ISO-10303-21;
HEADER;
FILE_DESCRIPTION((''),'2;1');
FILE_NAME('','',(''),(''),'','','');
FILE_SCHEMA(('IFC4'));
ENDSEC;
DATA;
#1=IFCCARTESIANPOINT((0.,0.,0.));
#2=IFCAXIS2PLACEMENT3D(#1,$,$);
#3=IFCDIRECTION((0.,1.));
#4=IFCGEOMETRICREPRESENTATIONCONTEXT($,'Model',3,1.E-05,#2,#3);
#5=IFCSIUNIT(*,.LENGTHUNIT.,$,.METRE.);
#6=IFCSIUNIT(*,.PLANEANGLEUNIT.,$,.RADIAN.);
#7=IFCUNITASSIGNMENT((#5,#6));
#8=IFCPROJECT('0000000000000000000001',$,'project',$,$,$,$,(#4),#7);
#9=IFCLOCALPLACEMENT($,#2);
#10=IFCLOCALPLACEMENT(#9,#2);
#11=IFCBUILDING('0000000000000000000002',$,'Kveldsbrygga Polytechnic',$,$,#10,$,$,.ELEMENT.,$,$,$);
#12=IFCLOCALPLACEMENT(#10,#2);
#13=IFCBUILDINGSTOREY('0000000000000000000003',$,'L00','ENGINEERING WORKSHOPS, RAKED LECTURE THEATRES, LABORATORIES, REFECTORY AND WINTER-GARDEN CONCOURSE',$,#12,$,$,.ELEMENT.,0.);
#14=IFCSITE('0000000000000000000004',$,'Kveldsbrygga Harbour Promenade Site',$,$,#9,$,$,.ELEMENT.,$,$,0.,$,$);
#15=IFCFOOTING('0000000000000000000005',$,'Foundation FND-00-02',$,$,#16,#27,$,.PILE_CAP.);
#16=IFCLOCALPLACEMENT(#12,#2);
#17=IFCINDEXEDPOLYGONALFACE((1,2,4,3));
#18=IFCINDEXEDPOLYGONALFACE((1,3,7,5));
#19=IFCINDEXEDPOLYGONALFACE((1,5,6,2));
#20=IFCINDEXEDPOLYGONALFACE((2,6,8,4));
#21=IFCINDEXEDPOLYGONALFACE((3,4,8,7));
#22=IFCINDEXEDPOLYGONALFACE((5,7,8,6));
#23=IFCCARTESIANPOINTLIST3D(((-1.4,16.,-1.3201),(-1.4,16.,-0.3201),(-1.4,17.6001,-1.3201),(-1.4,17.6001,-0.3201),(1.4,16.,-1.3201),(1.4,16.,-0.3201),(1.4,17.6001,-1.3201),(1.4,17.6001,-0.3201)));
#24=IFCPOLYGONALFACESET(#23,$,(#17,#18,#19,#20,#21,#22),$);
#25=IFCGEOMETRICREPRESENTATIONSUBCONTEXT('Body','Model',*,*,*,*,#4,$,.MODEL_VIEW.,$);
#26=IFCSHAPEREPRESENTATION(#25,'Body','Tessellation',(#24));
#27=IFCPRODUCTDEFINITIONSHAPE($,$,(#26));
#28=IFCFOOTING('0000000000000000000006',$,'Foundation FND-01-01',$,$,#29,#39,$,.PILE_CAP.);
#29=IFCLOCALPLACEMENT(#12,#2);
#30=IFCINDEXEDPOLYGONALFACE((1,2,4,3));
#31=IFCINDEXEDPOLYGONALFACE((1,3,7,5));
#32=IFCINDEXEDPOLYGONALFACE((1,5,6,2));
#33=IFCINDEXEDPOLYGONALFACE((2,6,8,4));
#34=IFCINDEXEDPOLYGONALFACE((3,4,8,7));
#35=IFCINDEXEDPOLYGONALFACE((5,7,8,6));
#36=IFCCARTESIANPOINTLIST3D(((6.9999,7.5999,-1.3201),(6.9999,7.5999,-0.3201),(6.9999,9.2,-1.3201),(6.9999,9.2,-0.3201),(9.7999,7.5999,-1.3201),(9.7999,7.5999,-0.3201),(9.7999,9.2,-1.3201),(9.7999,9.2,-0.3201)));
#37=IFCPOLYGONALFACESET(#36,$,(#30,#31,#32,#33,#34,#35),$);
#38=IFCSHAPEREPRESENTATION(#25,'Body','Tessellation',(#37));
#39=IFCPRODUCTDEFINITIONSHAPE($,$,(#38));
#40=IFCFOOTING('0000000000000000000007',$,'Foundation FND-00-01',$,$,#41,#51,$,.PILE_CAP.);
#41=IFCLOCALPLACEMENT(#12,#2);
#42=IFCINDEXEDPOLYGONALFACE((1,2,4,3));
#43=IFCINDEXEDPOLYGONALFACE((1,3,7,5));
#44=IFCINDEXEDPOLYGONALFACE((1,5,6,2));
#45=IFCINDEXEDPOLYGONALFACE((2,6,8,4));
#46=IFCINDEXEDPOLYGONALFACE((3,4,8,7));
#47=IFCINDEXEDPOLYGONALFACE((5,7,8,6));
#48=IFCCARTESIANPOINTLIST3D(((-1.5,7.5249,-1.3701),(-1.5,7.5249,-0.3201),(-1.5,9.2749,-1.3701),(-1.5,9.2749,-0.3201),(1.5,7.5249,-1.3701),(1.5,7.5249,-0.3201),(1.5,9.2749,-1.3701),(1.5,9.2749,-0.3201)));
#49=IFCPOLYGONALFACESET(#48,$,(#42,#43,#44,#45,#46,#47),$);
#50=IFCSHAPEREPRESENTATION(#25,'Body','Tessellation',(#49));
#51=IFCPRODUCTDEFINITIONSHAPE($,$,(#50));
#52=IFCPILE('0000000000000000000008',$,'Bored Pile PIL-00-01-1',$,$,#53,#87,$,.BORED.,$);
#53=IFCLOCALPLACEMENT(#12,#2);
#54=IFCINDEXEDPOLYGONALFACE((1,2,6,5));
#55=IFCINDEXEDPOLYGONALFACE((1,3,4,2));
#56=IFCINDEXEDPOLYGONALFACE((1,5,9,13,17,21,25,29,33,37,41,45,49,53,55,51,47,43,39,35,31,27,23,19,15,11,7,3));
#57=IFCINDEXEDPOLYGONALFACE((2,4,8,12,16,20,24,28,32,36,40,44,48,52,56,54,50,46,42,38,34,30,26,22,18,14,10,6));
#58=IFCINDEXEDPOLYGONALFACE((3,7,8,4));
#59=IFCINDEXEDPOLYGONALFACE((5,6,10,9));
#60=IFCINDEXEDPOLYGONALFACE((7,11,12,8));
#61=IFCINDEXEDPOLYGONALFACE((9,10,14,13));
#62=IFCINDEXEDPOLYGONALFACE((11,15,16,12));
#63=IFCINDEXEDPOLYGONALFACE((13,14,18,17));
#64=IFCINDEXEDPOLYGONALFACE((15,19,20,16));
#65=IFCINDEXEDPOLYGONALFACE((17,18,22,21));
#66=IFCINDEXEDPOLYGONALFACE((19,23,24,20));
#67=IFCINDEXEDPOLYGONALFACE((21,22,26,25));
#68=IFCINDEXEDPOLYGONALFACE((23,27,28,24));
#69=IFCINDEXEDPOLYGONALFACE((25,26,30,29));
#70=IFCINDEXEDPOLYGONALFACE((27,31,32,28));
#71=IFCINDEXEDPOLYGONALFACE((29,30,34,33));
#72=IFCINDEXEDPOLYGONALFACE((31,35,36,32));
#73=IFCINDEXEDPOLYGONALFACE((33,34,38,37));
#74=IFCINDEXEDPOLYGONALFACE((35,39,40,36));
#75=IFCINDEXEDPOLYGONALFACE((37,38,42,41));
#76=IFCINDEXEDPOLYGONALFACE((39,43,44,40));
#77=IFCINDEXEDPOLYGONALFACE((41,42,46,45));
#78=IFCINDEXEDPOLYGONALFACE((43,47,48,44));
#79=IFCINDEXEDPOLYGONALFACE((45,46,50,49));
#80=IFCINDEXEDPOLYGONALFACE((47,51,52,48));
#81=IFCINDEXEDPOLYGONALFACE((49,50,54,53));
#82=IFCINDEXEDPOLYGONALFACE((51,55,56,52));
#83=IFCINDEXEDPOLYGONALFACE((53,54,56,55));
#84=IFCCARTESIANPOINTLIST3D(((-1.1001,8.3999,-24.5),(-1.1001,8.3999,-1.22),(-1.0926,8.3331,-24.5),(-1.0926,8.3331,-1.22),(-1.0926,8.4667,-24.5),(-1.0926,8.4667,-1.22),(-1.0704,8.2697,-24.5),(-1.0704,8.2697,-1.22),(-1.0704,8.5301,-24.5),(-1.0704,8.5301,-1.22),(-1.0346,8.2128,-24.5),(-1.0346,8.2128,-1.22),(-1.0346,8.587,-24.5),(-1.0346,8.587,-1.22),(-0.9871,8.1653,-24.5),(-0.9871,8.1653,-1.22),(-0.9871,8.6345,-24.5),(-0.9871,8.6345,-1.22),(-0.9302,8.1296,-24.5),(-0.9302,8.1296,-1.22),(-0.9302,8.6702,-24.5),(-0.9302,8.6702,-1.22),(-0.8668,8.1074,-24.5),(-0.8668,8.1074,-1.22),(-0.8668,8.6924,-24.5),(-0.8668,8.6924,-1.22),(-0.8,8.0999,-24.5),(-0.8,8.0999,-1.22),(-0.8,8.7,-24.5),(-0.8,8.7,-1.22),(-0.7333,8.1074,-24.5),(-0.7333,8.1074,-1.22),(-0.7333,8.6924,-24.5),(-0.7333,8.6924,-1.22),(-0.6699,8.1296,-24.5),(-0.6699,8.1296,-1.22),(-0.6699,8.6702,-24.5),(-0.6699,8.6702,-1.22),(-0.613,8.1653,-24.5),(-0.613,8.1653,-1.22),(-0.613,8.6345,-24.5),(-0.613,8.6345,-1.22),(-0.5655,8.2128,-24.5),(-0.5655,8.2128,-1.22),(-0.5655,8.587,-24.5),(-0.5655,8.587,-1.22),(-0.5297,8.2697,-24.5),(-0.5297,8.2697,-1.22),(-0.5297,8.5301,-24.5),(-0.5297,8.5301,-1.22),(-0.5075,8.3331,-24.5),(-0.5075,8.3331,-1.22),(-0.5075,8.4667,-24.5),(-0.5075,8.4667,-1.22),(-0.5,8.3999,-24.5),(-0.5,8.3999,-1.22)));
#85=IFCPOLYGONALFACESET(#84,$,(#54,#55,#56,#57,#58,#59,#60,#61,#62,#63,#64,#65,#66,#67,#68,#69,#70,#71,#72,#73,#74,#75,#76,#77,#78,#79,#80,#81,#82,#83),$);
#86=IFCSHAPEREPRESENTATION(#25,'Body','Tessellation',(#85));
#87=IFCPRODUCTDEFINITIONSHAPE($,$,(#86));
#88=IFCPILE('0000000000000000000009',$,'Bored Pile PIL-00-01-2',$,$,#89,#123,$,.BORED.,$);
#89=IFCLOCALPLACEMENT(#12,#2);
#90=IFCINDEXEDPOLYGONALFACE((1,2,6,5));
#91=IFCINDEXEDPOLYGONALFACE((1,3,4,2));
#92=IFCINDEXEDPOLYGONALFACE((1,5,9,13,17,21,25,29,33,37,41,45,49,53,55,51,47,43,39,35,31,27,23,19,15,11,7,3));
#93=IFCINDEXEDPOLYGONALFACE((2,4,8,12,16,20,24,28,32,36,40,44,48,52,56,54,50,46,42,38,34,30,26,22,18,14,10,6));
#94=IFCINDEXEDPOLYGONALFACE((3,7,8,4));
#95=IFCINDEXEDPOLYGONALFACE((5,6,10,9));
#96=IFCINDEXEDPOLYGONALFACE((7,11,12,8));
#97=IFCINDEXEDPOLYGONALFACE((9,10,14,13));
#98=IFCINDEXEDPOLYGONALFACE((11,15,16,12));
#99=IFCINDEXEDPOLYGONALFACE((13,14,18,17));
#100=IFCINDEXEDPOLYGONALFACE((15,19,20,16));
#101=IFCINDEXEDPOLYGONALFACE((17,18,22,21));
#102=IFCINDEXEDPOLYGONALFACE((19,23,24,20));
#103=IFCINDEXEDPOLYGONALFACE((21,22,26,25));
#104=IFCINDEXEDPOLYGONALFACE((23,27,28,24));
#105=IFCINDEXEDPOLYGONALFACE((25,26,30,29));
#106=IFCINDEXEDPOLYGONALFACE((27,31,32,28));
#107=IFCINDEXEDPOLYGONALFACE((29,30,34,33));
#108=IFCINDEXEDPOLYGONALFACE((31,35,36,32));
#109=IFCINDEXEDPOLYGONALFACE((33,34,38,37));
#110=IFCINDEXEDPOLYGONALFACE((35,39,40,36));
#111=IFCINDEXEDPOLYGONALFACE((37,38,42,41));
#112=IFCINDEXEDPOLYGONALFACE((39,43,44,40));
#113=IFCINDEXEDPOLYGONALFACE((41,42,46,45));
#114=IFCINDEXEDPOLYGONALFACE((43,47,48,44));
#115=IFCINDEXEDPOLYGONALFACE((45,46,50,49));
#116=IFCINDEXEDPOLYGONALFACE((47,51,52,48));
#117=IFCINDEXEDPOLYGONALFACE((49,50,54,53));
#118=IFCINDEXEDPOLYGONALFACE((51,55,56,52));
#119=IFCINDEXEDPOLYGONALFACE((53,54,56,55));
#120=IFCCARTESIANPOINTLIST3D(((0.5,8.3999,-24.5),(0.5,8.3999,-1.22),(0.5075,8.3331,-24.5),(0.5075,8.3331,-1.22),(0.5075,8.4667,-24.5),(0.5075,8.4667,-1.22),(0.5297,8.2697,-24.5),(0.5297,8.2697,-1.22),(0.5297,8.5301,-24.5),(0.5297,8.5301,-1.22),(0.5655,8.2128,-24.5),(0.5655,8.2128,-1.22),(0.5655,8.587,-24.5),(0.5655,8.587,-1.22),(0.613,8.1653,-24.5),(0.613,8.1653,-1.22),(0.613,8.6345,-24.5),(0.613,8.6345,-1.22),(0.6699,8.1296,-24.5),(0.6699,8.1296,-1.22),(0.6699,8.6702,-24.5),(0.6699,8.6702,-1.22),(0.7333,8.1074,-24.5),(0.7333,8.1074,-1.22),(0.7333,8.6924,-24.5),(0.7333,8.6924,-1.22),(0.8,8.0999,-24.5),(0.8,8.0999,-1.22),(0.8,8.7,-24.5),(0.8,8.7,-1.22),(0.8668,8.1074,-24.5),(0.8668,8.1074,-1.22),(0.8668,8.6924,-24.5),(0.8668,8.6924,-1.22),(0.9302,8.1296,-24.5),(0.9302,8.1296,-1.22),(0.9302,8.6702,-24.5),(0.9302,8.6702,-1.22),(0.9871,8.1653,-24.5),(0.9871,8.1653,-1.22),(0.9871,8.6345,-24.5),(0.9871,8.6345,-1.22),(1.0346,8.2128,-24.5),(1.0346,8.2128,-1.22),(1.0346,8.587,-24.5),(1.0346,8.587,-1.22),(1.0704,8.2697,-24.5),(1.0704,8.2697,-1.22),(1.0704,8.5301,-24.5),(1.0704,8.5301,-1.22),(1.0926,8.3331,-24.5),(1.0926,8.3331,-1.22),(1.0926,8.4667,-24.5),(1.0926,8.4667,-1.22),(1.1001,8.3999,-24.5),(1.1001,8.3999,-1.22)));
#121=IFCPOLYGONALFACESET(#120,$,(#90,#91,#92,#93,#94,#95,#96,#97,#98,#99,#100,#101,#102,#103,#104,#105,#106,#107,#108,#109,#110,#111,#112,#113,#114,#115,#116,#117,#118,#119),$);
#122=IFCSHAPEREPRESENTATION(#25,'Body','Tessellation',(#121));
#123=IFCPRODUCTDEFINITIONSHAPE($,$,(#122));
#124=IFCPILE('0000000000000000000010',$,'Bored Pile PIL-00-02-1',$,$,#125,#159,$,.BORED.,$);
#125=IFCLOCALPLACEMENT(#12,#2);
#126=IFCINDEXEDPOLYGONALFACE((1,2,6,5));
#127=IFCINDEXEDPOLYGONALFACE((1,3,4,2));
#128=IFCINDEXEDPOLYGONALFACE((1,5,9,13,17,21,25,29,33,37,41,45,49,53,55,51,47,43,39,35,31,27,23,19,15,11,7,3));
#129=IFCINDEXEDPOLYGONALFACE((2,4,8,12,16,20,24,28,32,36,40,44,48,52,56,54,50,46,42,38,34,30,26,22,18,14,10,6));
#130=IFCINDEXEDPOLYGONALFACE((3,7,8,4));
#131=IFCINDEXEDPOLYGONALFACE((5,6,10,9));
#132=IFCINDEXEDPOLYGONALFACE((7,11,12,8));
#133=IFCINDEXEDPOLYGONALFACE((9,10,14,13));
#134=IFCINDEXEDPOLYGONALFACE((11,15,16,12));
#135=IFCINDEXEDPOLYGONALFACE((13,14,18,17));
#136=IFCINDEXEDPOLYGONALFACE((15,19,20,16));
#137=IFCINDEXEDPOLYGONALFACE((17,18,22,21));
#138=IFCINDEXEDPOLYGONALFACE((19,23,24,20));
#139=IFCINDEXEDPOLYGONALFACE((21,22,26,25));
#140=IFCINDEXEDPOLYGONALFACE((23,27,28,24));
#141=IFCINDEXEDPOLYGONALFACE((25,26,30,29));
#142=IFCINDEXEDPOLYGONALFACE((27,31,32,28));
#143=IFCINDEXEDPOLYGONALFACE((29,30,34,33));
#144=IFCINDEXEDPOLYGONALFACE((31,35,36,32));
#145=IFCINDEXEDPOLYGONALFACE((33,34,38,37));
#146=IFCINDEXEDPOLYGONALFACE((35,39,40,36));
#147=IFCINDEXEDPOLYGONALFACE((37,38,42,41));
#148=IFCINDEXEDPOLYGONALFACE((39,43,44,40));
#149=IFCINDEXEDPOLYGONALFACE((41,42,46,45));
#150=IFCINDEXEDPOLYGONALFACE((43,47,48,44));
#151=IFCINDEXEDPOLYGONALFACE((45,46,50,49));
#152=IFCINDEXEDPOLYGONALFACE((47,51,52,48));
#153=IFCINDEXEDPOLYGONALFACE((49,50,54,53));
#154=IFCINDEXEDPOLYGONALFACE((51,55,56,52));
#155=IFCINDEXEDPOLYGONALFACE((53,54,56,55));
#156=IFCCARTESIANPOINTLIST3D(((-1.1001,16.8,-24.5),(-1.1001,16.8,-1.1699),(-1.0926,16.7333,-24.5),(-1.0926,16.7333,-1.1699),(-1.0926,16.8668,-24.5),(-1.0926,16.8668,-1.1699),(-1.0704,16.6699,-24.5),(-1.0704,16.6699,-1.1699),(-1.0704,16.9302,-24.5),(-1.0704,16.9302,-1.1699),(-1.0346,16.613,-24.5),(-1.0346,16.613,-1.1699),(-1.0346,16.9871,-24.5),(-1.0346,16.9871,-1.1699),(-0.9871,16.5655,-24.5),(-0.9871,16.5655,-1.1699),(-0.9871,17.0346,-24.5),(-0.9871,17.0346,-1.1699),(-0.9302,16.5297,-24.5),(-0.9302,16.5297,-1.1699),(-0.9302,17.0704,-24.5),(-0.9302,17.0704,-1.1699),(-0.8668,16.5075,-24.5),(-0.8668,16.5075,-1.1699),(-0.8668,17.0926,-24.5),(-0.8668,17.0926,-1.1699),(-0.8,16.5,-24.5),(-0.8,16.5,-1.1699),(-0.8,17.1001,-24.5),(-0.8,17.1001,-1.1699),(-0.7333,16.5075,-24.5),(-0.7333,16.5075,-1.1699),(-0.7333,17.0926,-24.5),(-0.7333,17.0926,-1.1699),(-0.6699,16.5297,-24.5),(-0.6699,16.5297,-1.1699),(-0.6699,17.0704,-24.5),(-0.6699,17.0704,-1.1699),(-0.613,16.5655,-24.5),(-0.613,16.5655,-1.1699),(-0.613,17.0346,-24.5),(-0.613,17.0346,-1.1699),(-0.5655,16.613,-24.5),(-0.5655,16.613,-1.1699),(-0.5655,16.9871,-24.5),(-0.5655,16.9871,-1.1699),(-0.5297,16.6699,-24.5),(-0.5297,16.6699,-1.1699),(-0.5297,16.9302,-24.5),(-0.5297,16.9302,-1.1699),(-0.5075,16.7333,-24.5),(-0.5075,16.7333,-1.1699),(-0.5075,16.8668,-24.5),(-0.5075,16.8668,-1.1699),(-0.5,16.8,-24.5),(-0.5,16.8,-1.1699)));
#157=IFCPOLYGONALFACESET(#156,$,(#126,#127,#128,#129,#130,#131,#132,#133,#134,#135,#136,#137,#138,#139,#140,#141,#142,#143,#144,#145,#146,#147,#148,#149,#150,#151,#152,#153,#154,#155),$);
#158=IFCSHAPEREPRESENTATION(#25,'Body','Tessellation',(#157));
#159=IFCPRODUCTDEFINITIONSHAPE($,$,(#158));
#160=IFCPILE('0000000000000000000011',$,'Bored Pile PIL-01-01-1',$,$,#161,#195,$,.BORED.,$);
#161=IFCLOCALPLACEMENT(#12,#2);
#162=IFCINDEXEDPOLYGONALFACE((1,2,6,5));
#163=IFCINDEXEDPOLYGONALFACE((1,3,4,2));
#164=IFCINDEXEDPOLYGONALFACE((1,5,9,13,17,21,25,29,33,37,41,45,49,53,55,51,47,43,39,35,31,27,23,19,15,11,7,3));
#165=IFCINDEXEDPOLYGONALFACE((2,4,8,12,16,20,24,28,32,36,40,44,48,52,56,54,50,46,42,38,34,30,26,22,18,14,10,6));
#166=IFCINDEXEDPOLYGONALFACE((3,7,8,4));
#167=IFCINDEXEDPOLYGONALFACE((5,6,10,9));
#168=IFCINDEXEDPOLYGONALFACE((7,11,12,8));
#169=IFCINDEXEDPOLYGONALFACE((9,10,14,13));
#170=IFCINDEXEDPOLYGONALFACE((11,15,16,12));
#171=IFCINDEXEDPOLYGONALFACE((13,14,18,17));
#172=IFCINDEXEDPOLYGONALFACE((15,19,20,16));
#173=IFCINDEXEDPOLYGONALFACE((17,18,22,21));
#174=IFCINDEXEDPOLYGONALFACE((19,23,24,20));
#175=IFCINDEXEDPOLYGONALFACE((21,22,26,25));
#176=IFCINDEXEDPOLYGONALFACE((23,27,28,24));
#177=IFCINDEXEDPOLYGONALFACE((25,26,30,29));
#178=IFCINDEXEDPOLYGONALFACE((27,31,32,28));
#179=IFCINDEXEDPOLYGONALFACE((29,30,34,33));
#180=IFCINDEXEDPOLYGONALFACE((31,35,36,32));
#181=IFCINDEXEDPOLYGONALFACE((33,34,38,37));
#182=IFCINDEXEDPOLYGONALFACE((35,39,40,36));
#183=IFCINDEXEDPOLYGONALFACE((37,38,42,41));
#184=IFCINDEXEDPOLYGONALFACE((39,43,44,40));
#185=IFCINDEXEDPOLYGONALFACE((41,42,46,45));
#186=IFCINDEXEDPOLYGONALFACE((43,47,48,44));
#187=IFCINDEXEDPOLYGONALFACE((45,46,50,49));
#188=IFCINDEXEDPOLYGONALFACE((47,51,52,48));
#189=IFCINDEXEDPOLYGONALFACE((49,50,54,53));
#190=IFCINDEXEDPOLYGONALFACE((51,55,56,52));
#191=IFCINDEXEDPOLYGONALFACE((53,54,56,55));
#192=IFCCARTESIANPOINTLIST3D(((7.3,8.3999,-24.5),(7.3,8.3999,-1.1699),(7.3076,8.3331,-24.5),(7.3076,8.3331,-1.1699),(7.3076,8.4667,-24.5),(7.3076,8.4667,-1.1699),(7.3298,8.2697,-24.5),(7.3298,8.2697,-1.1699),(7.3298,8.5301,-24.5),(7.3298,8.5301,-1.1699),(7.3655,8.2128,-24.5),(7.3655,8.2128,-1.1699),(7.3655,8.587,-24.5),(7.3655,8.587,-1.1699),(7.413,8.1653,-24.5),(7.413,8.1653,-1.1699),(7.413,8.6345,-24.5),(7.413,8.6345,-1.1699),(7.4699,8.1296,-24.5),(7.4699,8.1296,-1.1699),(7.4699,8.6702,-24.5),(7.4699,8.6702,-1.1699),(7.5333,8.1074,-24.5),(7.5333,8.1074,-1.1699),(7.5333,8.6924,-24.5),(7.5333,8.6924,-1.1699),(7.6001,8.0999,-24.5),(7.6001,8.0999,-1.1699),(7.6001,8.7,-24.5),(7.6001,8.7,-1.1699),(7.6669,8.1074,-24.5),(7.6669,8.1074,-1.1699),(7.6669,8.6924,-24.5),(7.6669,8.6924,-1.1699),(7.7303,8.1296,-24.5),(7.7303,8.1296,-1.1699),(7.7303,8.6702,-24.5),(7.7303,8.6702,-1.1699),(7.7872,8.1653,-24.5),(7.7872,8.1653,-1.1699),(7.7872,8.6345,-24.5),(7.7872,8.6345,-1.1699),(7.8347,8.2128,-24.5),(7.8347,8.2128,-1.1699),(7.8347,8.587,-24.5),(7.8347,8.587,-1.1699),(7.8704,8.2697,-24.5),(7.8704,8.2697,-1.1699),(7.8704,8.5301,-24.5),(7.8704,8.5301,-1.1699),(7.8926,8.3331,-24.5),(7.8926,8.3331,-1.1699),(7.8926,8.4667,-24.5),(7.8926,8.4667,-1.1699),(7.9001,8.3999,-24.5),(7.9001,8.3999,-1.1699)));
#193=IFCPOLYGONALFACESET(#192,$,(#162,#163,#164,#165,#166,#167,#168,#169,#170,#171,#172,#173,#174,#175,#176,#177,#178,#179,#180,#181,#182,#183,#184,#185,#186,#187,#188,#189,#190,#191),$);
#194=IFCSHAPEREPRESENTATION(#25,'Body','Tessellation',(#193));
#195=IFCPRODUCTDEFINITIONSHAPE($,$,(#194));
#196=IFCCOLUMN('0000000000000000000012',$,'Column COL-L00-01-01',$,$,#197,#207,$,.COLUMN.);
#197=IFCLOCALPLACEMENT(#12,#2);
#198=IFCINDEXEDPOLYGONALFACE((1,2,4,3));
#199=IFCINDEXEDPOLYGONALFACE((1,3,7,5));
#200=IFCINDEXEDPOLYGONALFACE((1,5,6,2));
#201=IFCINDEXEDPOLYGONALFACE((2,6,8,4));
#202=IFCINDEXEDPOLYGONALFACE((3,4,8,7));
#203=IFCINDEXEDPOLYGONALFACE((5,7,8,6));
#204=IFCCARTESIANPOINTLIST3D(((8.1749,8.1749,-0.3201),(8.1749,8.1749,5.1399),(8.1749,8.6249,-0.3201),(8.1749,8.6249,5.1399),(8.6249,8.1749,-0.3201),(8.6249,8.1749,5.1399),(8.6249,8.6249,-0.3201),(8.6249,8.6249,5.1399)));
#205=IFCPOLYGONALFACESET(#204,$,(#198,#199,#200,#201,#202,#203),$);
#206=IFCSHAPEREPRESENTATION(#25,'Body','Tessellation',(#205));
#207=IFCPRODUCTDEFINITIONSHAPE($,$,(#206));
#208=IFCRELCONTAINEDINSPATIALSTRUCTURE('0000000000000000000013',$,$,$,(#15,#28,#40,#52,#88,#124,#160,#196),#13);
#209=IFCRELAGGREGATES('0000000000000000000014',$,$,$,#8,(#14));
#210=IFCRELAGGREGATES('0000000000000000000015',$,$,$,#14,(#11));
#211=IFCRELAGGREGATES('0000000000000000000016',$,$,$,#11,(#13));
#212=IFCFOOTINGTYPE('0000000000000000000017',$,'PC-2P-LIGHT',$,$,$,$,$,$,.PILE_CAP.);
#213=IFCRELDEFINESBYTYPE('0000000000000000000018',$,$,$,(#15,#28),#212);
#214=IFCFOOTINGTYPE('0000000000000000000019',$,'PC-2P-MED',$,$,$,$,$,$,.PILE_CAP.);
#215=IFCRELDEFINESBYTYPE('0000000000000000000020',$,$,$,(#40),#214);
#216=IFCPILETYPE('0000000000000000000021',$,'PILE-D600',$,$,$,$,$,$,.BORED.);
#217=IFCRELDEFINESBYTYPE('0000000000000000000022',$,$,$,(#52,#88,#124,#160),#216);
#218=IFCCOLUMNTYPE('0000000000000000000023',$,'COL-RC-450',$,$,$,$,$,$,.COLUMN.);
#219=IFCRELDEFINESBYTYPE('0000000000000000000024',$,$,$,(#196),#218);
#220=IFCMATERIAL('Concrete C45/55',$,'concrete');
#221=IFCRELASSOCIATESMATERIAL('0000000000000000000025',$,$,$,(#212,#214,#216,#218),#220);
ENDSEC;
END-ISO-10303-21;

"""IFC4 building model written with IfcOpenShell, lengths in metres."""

from ifc_helpers import new_model, si_unit, direction, frame, origin, origin_2d, place, context, subcontext, project, spatial, rectangle, circle, extrude, material, material_profile, profile_set, type_object, element, save


model = new_model("IFC4")

# Units and contexts
model_context = context("Model", 3, precision=1e-05, world=origin(), true_north=direction((0.0, 1.0)))
body_context = subcontext(model_context, "Body", "Model", "MODEL_VIEW")
ifc_project = project(units=[si_unit("LENGTHUNIT", "METRE"), si_unit("PLANEANGLEUNIT", "RADIAN")], contexts=[model_context])

# Site, building, storey
site_placement = place(None, origin())
site = spatial("IfcSite", under=ifc_project, at=site_placement, Name="Kveldsbrygga Harbour Promenade Site", CompositionType="ELEMENT", RefElevation=0.0)
building_placement = place(site_placement, origin())
building = spatial("IfcBuilding", under=site, at=building_placement, Name="Kveldsbrygga Polytechnic", CompositionType="ELEMENT")
storey_placement = place(building_placement, origin())
storey = spatial("IfcBuildingStorey", under=building, at=storey_placement, Name="L00", Description="ENGINEERING WORKSHOPS, RAKED LECTURE THEATRES, LABORATORIES, REFECTORY AND WINTER-GARDEN CONCOURSE", CompositionType="ELEMENT", Elevation=0.0)

# Footings
ifc_material_1 = material(Name="Concrete C45/55", Category="concrete")
footing_type_1 = type_object("IfcFootingType", Name="PC-2P-LIGHT", PredefinedType="PILE_CAP", material=ifc_material_1)
for number, where, z_axis, x_axis, name in (
    (1, (0.0, 16.8, -1.3201), (0.0, 0.0, 1.0), (1.0, 0.0, 0.0), "Foundation FND-00-02"),
    (2, (8.3999, 8.3999, -1.3201), (0.0, 0.0, 1.0), (1.0, 0.0, 0.0), "Foundation FND-01-01"),
):
    element("IfcFooting", number, at=place(storey_placement, frame(where, z_axis=z_axis, x_axis=x_axis)), inside=storey, type_object=footing_type_1, Name=name, PredefinedType="PILE_CAP", context=body_context, shape_type="SweptSolid", body=[
        extrude(rectangle(XDim=2.8, YDim=1.6001, at=origin_2d()), origin(), (0.0, 0.0, 1.0), 1.0),
    ])
footing_type_2 = type_object("IfcFootingType", Name="PC-2P-MED", PredefinedType="PILE_CAP", material=ifc_material_1)
footing_placement = place(storey_placement, frame((0.0, 8.3999, -1.3701), z_axis=(0.0, 0.0, 1.0), x_axis=(1.0, 0.0, 0.0)))
element("IfcFooting", 3, at=footing_placement, inside=storey, type_object=footing_type_2, Name="Foundation FND-00-01", PredefinedType="PILE_CAP", context=body_context, shape_type="SweptSolid", body=[
    extrude(rectangle(XDim=3.0, YDim=1.75, at=origin_2d()), origin(), (0.0, 0.0, 1.0), 1.05),
])

# Piles
ifc_material_profile_1 = material_profile(ifc_material_1, circle(Radius=0.3, at=origin_2d()), Name="PILE D600")
ifc_profile_set_1 = profile_set([ifc_material_profile_1], Name="Concrete C45/55")
pile_type = type_object("IfcPileType", Name="PILE-D600", PredefinedType="BORED", material=ifc_profile_set_1)
for number, where, z_axis, x_axis, name in (
    (4, (-0.8, 8.3999, -1.22), (0.0, 0.0, -1.0), (1.0, 0.0, 0.0), "Bored Pile PIL-00-01-1"),
    (5, (0.8, 8.3999, -1.22), (0.0, 0.0, -1.0), (1.0, 0.0, 0.0), "Bored Pile PIL-00-01-2"),
):
    element("IfcPile", number, at=place(storey_placement, frame(where, z_axis=z_axis, x_axis=x_axis)), inside=storey, type_object=pile_type, Name=name, PredefinedType="BORED", context=body_context, shape_type="SweptSolid", body=[
        extrude(circle(Radius=0.3, at=origin_2d()), origin(), (0.0, 0.0, 1.0), 23.28),
    ])
for number, where, z_axis, x_axis, name in (
    (6, (-0.8, 16.8, -1.1699), (0.0, 0.0, -1.0), (1.0, 0.0, 0.0), "Bored Pile PIL-00-02-1"),
    (7, (7.6001, 8.3999, -1.1699), (0.0, 0.0, -1.0), (1.0, 0.0, 0.0), "Bored Pile PIL-01-01-1"),
):
    element("IfcPile", number, at=place(storey_placement, frame(where, z_axis=z_axis, x_axis=x_axis)), inside=storey, type_object=pile_type, Name=name, PredefinedType="BORED", context=body_context, shape_type="SweptSolid", body=[
        extrude(circle(Radius=0.3, at=origin_2d()), origin(), (0.0, 0.0, 1.0), 23.3301),
    ])

# Column
ifc_material_profile_2 = material_profile(ifc_material_1, rectangle(XDim=0.45, YDim=0.45, at=origin_2d()), Name="RC 450x450")
ifc_profile_set_2 = profile_set([ifc_material_profile_2], Name="Concrete C45/55")
column_type_1 = type_object("IfcColumnType", Name="COL-RC-450", PredefinedType="COLUMN", material=ifc_profile_set_2)
column_placement = place(storey_placement, frame((8.3999, 8.3999, -0.3201), z_axis=(0.0, 0.0, 1.0), x_axis=(1.0, 0.0, 0.0)))
element("IfcColumn", 8, at=column_placement, inside=storey, type_object=column_type_1, Name="Column COL-L00-01-01", PredefinedType="COLUMN", context=body_context, shape_type="SweptSolid", body=[
    extrude(rectangle(XDim=0.45, YDim=0.45, at=origin_2d()), origin(), (0.0, 0.0, 1.0), 5.46),
])

save(model, "model.ifc")
